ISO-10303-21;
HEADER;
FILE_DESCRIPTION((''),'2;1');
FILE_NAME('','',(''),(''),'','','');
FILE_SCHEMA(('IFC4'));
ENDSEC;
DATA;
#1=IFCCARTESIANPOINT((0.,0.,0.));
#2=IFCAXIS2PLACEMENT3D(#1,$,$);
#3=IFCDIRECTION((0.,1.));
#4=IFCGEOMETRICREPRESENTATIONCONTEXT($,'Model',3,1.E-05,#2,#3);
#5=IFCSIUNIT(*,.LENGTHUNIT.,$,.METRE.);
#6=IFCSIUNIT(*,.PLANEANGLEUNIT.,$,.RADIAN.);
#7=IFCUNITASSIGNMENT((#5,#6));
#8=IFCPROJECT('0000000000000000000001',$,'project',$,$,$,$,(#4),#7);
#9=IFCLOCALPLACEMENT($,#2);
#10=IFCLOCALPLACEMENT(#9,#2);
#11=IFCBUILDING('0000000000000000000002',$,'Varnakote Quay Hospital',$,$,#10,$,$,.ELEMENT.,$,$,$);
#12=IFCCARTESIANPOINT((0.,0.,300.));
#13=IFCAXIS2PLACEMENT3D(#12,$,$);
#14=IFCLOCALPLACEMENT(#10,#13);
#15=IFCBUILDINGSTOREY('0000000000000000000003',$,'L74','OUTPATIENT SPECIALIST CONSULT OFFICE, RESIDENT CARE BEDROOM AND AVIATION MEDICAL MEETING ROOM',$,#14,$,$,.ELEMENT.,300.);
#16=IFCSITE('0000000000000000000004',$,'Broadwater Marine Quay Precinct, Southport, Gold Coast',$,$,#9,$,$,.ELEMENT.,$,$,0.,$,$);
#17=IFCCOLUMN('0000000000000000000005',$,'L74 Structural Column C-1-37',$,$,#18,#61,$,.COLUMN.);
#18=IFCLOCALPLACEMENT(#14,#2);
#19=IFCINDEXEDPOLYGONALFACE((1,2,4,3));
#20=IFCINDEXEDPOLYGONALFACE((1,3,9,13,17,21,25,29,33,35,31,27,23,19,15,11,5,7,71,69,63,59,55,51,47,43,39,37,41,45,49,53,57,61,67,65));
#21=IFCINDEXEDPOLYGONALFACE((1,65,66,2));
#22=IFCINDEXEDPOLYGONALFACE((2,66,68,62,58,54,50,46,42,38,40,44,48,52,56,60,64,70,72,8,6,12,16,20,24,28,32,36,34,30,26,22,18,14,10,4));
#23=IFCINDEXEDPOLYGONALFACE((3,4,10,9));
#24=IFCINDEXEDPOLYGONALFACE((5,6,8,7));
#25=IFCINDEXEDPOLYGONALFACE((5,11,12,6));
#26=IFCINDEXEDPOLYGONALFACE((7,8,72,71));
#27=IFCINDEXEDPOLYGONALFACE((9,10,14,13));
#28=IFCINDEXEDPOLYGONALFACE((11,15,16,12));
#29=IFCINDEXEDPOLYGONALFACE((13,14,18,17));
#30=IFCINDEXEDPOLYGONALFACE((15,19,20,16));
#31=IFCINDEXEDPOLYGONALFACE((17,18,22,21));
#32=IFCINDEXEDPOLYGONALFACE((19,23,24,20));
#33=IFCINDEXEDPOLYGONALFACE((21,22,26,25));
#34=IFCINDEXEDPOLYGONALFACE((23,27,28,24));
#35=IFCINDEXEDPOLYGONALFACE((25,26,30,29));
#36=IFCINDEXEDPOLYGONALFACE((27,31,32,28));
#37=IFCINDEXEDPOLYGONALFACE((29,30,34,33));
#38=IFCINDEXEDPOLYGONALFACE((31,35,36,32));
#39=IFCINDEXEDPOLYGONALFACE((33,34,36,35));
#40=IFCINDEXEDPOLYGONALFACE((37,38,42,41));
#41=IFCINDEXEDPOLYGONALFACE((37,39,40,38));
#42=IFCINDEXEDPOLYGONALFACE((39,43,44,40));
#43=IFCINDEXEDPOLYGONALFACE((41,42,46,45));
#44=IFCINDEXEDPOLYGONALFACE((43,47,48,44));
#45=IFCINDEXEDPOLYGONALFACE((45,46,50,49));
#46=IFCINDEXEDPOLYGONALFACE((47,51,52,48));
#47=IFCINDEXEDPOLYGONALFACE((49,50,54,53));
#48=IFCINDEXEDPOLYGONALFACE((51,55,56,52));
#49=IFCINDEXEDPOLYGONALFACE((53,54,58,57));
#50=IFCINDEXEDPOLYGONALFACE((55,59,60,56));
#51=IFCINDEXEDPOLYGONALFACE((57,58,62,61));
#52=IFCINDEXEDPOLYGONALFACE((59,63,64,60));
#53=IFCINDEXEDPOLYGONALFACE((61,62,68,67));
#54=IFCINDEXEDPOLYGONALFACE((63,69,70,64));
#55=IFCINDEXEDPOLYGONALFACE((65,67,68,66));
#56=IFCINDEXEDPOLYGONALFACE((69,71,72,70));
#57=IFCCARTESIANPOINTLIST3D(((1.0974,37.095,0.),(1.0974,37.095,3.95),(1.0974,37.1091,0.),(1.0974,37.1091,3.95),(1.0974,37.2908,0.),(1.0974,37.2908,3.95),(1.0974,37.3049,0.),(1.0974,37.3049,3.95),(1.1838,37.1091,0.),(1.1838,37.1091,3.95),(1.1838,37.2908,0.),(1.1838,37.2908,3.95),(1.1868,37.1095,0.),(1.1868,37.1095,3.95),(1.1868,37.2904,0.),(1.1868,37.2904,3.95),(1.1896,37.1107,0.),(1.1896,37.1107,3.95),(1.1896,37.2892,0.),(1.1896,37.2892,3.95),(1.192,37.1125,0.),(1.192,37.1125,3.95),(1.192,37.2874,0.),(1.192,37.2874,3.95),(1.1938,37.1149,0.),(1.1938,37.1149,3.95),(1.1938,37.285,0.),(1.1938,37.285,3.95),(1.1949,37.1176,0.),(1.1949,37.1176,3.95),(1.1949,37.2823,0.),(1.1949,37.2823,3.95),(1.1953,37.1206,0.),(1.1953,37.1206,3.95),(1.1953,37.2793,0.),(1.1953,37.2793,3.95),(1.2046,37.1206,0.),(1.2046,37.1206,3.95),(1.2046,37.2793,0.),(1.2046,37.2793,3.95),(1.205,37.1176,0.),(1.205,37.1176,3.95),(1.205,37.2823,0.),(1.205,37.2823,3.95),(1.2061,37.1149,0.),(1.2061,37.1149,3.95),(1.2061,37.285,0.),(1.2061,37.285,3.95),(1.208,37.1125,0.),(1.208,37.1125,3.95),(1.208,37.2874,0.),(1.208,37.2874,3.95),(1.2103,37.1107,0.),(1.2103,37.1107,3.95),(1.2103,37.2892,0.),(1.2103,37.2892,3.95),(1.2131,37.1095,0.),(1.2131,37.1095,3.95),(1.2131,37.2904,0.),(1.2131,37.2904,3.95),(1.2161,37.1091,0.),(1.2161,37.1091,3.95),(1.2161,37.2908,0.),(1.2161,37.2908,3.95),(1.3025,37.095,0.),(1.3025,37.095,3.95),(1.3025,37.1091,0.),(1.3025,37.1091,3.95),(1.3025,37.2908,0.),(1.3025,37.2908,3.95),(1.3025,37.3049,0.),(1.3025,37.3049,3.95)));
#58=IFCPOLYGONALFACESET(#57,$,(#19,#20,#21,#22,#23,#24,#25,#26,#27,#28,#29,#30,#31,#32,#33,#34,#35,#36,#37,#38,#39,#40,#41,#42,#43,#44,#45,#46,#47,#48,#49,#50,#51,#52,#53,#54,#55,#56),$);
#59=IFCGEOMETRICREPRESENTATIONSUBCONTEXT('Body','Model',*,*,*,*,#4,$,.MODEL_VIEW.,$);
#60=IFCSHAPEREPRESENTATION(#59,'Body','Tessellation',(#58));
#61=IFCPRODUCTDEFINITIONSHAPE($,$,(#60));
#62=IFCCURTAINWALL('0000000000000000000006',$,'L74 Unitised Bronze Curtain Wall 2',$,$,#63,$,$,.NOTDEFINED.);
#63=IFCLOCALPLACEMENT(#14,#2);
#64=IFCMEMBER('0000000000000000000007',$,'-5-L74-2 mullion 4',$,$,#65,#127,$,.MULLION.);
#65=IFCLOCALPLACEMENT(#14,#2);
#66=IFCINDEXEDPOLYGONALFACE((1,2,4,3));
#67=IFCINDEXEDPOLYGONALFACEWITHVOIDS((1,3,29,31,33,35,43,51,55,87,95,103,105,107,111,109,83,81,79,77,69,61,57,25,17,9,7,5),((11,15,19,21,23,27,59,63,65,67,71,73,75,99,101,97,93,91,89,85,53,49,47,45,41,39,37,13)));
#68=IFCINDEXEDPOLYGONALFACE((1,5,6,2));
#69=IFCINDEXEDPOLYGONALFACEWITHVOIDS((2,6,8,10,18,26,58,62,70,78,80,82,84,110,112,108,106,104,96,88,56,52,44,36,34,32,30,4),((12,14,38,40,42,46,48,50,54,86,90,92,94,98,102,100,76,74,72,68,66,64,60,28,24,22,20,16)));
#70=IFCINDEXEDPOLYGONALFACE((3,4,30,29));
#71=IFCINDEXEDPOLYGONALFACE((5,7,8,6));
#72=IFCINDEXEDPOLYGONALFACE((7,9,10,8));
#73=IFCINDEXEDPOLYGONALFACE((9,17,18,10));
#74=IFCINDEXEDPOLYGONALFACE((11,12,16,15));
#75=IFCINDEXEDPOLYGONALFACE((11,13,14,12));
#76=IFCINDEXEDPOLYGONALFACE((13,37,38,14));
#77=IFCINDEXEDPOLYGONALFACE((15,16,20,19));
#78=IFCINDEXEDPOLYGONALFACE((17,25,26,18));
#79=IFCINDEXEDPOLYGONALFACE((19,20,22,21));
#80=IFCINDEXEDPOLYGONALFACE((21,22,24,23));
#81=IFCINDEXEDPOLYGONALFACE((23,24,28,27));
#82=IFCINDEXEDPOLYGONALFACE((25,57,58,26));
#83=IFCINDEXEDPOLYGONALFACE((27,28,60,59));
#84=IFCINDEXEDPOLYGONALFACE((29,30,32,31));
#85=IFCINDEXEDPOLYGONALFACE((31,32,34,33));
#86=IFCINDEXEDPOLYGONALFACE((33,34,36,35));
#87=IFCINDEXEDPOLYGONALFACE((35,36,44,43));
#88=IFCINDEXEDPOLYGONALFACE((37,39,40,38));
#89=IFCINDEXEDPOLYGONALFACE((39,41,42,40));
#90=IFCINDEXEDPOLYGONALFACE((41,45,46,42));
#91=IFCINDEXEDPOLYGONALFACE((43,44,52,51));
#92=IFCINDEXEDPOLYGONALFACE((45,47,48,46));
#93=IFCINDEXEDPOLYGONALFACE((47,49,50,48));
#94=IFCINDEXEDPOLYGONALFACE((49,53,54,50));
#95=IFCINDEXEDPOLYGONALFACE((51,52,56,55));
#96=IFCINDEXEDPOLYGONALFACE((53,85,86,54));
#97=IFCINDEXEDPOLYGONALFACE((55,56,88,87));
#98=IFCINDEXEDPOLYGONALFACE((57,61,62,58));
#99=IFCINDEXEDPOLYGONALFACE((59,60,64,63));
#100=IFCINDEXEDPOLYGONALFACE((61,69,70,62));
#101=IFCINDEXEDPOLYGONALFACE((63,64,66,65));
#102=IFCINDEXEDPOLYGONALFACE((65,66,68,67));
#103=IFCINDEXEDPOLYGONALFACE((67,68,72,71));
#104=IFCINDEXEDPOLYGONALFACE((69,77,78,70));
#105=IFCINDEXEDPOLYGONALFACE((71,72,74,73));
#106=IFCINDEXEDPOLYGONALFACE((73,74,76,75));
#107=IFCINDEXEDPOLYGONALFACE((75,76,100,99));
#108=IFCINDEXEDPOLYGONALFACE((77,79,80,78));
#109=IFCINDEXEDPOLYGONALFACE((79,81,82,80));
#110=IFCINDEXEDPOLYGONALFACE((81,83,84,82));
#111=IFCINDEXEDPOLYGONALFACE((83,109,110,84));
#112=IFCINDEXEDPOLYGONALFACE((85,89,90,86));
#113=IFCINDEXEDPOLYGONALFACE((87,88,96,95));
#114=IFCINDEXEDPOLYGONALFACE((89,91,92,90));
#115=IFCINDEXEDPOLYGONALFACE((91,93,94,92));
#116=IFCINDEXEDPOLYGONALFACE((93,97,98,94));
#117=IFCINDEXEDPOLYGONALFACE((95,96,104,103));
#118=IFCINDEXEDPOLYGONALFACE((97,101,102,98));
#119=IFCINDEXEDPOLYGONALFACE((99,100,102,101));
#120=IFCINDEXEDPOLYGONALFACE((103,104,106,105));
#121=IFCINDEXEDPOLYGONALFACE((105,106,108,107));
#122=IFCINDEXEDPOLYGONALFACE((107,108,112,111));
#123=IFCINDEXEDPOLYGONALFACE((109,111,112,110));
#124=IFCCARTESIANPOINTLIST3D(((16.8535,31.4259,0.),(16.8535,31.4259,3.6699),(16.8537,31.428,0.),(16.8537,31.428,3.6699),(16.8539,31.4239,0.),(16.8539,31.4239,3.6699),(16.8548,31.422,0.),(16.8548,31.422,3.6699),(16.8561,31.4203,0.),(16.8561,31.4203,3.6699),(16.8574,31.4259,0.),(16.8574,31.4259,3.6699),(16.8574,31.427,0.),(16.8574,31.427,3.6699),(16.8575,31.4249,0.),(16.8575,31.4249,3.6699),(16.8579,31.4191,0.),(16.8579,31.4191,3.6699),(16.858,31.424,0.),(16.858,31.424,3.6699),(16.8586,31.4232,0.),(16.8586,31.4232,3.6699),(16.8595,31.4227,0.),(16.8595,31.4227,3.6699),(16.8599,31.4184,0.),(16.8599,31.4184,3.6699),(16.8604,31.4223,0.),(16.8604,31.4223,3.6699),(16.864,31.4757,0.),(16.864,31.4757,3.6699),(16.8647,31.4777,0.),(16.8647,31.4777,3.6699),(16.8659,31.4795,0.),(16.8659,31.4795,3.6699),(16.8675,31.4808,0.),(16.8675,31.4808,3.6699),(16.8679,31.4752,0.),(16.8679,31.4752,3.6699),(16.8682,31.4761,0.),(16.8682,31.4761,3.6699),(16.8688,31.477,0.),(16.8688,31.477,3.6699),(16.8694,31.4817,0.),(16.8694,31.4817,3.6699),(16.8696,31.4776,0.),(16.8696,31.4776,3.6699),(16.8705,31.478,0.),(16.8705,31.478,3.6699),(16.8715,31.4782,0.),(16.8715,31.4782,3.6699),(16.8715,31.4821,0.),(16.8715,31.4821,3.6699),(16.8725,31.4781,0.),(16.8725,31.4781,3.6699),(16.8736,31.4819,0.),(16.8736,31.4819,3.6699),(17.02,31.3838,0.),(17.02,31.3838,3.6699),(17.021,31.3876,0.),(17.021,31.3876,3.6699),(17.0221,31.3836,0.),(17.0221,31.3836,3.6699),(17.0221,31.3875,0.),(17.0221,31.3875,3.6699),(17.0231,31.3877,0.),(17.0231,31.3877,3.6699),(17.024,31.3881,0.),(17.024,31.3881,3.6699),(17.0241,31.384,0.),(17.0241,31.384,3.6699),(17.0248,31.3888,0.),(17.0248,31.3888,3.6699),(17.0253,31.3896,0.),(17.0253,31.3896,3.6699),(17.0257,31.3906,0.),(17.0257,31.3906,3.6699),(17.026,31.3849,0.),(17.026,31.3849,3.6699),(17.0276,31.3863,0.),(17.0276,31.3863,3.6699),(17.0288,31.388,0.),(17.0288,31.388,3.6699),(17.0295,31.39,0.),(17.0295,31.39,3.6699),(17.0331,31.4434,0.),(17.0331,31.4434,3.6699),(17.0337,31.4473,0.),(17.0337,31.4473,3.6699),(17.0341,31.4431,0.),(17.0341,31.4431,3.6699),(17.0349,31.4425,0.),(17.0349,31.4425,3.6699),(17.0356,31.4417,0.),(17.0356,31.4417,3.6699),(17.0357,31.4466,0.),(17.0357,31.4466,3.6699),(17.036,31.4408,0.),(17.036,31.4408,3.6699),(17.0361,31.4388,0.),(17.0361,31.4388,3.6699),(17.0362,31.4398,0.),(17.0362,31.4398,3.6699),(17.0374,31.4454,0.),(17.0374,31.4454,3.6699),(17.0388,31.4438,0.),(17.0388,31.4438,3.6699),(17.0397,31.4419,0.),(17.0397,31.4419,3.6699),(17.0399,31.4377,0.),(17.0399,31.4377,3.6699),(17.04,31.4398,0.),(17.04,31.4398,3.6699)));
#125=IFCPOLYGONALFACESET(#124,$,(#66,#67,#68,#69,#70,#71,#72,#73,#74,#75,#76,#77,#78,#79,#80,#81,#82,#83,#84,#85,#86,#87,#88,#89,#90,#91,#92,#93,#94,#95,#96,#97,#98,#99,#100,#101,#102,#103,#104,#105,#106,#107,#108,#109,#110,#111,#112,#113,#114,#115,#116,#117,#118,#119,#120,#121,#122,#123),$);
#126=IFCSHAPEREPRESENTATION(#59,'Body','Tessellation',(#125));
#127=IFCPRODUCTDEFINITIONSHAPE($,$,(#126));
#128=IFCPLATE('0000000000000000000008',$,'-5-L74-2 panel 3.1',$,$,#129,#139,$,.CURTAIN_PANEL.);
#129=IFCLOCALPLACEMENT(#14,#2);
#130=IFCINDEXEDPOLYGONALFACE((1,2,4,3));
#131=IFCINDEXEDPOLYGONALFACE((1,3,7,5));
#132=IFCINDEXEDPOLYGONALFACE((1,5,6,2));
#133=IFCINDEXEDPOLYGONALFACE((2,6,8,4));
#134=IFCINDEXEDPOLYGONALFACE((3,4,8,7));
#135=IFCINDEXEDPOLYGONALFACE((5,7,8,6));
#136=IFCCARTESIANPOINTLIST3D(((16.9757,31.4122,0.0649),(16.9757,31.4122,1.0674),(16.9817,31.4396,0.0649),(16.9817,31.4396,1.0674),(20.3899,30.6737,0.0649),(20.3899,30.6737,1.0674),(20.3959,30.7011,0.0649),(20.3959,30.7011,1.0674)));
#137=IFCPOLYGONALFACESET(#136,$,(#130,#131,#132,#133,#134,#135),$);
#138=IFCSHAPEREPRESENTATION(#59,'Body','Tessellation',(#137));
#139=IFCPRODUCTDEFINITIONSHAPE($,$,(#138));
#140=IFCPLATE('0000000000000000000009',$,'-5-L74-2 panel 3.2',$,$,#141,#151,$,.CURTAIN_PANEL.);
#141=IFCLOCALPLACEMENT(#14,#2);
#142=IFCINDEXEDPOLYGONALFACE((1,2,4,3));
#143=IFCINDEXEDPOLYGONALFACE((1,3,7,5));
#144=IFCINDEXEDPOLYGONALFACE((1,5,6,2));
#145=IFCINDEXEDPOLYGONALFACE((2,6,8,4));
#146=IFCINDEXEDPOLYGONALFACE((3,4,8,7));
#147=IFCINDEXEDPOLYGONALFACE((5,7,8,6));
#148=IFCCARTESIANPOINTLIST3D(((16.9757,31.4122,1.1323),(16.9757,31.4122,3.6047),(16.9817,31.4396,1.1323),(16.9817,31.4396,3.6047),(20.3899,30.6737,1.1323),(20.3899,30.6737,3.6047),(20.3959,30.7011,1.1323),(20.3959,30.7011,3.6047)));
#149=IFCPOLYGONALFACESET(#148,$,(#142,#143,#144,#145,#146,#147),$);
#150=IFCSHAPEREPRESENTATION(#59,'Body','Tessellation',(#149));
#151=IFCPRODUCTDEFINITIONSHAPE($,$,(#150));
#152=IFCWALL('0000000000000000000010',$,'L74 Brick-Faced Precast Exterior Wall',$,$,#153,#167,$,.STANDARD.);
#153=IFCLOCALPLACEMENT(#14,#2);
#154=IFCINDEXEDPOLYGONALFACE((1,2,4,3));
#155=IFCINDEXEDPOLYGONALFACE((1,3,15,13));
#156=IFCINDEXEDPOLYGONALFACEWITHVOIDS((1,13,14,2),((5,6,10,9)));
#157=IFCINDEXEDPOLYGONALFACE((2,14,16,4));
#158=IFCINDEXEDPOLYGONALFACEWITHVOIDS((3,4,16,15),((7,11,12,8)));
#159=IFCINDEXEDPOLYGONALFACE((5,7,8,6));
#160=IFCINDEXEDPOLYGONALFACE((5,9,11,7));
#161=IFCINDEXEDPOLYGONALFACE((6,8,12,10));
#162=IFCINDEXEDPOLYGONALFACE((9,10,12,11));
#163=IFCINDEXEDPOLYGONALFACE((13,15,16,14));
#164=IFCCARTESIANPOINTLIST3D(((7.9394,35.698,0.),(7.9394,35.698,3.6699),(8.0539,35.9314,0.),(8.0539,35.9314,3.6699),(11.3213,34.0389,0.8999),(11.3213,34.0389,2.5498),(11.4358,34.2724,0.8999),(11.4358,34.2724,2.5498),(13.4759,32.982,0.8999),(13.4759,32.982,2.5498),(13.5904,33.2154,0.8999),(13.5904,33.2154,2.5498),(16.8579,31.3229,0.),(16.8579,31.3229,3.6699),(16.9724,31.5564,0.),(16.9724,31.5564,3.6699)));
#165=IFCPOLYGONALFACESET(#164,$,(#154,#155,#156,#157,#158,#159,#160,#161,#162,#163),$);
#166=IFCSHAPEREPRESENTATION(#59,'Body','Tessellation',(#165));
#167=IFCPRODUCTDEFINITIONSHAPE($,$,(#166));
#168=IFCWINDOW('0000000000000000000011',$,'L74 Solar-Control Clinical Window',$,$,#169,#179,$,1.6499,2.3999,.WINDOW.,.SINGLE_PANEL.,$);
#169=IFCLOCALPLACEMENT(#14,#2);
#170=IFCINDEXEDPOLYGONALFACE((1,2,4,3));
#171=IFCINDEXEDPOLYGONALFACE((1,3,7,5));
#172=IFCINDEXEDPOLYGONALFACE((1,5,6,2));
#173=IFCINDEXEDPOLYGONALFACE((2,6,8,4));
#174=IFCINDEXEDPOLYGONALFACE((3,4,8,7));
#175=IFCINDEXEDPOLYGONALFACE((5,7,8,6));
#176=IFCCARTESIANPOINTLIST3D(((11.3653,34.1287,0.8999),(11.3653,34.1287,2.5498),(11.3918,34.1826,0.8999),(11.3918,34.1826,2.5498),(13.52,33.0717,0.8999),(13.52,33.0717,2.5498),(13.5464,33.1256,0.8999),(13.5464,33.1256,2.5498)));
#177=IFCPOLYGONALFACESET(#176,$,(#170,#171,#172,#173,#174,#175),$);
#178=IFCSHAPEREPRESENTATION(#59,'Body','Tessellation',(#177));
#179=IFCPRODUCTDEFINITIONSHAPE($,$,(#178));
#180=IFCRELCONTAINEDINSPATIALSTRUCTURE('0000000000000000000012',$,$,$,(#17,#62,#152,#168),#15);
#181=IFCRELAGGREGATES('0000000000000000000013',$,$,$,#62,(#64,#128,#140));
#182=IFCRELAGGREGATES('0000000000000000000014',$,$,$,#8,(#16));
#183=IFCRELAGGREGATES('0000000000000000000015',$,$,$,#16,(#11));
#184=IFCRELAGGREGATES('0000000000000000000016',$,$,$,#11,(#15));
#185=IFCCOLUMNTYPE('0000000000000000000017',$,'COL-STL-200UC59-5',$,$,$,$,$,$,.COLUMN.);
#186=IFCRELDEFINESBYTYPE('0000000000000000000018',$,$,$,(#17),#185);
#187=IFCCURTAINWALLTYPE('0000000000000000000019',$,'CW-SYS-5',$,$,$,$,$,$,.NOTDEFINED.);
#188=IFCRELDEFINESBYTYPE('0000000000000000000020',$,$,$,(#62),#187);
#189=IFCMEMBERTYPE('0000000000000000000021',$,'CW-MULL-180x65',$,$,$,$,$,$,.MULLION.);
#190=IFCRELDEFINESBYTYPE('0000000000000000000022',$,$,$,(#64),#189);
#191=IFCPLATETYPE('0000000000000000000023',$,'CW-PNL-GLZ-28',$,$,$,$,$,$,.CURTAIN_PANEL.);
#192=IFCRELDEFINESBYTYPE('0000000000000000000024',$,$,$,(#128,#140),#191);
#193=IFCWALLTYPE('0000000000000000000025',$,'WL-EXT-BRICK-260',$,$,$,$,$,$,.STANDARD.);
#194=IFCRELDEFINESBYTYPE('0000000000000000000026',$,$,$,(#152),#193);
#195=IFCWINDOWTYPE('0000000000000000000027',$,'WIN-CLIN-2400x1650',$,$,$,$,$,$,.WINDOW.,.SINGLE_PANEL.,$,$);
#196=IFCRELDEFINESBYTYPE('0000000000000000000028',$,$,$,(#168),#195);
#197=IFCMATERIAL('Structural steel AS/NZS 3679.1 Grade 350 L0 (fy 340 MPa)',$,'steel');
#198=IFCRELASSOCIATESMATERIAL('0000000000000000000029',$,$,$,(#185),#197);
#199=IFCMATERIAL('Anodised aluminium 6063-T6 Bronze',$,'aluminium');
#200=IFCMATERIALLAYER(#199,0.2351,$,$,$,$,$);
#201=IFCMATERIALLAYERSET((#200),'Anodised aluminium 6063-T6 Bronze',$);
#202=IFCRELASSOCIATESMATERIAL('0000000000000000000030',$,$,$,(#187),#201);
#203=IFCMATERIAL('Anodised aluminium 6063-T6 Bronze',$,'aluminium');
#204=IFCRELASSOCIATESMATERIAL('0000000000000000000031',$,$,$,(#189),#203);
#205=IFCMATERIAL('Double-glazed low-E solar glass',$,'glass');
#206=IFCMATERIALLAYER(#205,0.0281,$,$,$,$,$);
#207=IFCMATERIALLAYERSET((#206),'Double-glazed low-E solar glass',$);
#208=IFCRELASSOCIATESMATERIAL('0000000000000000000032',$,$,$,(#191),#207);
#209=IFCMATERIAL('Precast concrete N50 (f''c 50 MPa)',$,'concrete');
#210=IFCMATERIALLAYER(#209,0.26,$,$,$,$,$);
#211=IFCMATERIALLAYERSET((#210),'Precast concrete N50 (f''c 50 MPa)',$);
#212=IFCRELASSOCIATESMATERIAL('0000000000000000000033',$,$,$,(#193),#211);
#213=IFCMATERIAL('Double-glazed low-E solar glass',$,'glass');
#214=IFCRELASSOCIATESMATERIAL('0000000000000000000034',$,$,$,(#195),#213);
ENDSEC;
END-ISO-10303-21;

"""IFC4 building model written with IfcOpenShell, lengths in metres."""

from ifc_helpers import new_model, si_unit, direction, frame, frame_2d, origin, origin_2d, place, context, subcontext, project, spatial, rectangle, hollow_rectangle, i_section, extrude, material, layer, layer_set, material_profile, profile_set, type_object, element, fill, aggregate, save


model = new_model("IFC4")

# Units and contexts
model_context = context("Model", 3, precision=1e-05, world=origin(), true_north=direction((0.0, 1.0)))
body_context = subcontext(model_context, "Body", "Model", "MODEL_VIEW")
ifc_project = project(units=[si_unit("LENGTHUNIT", "METRE"), si_unit("PLANEANGLEUNIT", "RADIAN")], contexts=[model_context])

# Site, building, storey
site_placement = place(None, origin())
site = spatial("IfcSite", under=ifc_project, at=site_placement, Name="Broadwater Marine Quay Precinct, Southport, Gold Coast", CompositionType="ELEMENT", RefElevation=0.0)
building_placement = place(site_placement, origin())
building = spatial("IfcBuilding", under=site, at=building_placement, Name="Varnakote Quay Hospital", CompositionType="ELEMENT")
storey_placement = place(building_placement, frame((0.0, 0.0, 300.0)))
storey = spatial("IfcBuildingStorey", under=building, at=storey_placement, Name="L74", Description="OUTPATIENT SPECIALIST CONSULT OFFICE, RESIDENT CARE BEDROOM AND AVIATION MEDICAL MEETING ROOM", CompositionType="ELEMENT", Elevation=300.0)

# Column
ifc_material_1 = material(Name="Structural steel AS/NZS 3679.1 Grade 350 L0 (fy 340 MPa)", Category="steel")
ifc_material_profile_1 = material_profile(ifc_material_1, i_section(OverallWidth=0.2051, OverallDepth=0.21, WebThickness=0.0093, FlangeThickness=0.0142, FilletRadius=0.0115, at=origin_2d()), Name="200UC59.5")
ifc_profile_set_1 = profile_set([ifc_material_profile_1], Name="Structural steel AS/NZS 3679.1 Grade 350 L0 (fy 340 MPa)")
column_type = type_object("IfcColumnType", Name="COL-STL-200UC59-5", PredefinedType="COLUMN", material=ifc_profile_set_1)
column_placement = place(storey_placement, frame((1.2, 37.2, 0.0), z_axis=(0.0, 0.0, 1.0), x_axis=(1.0, 0.0, 0.0)))
element("IfcColumn", 1, at=column_placement, inside=storey, type_object=column_type, Name="L74 Structural Column C-1-37", PredefinedType="COLUMN", context=body_context, shape_type="SweptSolid", body=[
    extrude(i_section(OverallWidth=0.2051, OverallDepth=0.21, WebThickness=0.0093, FlangeThickness=0.0142, FilletRadius=0.0115, at=origin_2d()), origin(), (0.0, 0.0, 1.0), 3.95),
])

# Curtain wall, member, plates
ifc_material_2 = material(Name="Anodised aluminium 6063-T6 Bronze", Category="aluminium")
ifc_layer_1 = layer(ifc_material_2, 0.2351)
ifc_layer_set_1 = layer_set([ifc_layer_1], Name="Anodised aluminium 6063-T6 Bronze")
curtain_wall_type = type_object("IfcCurtainWallType", Name="CW-SYS-5", PredefinedType="NOTDEFINED", material=ifc_layer_set_1)
curtain_wall_placement = place(storey_placement, origin())
curtain_wall = element("IfcCurtainWall", 2, at=curtain_wall_placement, inside=storey, type_object=curtain_wall_type, Name="L74 Unitised Bronze Curtain Wall 2", PredefinedType="NOTDEFINED")
ifc_material_3 = material(Name="Anodised aluminium 6063-T6 Bronze", Category="aluminium")
ifc_material_profile_2 = material_profile(ifc_material_3, hollow_rectangle(XDim=0.0649, YDim=0.1799, WallThickness=0.0039, InnerFilletRadius=0.0039, OuterFilletRadius=0.0081, at=origin_2d()), Name="CW-MULL-180x65")
ifc_profile_set_2 = profile_set([ifc_material_profile_2], Name="Anodised aluminium 6063-T6 Bronze")
member_type = type_object("IfcMemberType", Name="CW-MULL-180x65", PredefinedType="MULLION", material=ifc_profile_set_2)
member_placement = place(storey_placement, frame((16.9468, 31.4329, 0.0), z_axis=(0.0, 0.0, 1.0), x_axis=(-0.211408, -0.977398, 0.0)))
member = element("IfcMember", 3, at=member_placement, type_object=member_type, Name="-5-L74-2 mullion 4", PredefinedType="MULLION", context=body_context, shape_type="SweptSolid", body=[
    extrude(hollow_rectangle(XDim=0.0649, YDim=0.1799, WallThickness=0.0039, InnerFilletRadius=0.0039, OuterFilletRadius=0.0081, at=origin_2d()), origin(), (0.0, 0.0, 1.0), 3.6699),
])
ifc_material_4 = material(Name="Double-glazed low-E solar glass", Category="glass")
ifc_layer_2 = layer(ifc_material_4, 0.0281)
ifc_layer_set_2 = layer_set([ifc_layer_2], Name="Double-glazed low-E solar glass")
plate_type = type_object("IfcPlateType", Name="CW-PNL-GLZ-28", PredefinedType="CURTAIN_PANEL", material=ifc_layer_set_2)
plate_1_placement = place(storey_placement, frame((18.6858, 31.0566, 0.0649), z_axis=(0.0, 0.0, 1.0), x_axis=(-0.977398, 0.211408, 0.0)))
plate_1 = element("IfcPlate", 4, at=plate_1_placement, type_object=plate_type, Name="-5-L74-2 panel 3.1", PredefinedType="CURTAIN_PANEL", context=body_context, shape_type="SweptSolid", body=[
    extrude(rectangle(XDim=3.4932, YDim=0.0281, at=origin_2d()), origin(), (0.0, 0.0, 1.0), 1.0024),
])
plate_2_placement = place(storey_placement, frame((18.6858, 31.0566, 1.1323), z_axis=(0.0, 0.0, 1.0), x_axis=(-0.977398, 0.211408, 0.0)))
plate_2 = element("IfcPlate", 5, at=plate_2_placement, type_object=plate_type, Name="-5-L74-2 panel 3.2", PredefinedType="CURTAIN_PANEL", context=body_context, shape_type="SweptSolid", body=[
    extrude(rectangle(XDim=3.4932, YDim=0.0281, at=origin_2d()), origin(), (0.0, 0.0, 1.0), 2.4724),
])
aggregate(curtain_wall, [member, plate_1, plate_2])

# Wall, opening, window
ifc_material_5 = material(Name="Precast concrete N50 (f'c 50 MPa)", Category="concrete")
ifc_layer_3 = layer(ifc_material_5, 0.26)
ifc_layer_set_3 = layer_set([ifc_layer_3], Name="Precast concrete N50 (f'c 50 MPa)")
wall_type_1 = type_object("IfcWallType", Name="WL-EXT-BRICK-260", PredefinedType="STANDARD", material=ifc_layer_set_3)
wall_1_placement = place(storey_placement, frame((16.915, 31.4397, 0.0), z_axis=(0.0, 0.0, 1.0), x_axis=(-0.897793, 0.440418, 0.0)))
wall_1 = element("IfcWall", 6, at=wall_1_placement, inside=storey, type_object=wall_type_1, Name="L74 Brick-Faced Precast Exterior Wall", PredefinedType="STANDARD", context=body_context, shape_type="SweptSolid", body=[
    extrude(rectangle(XDim=9.9338, YDim=0.26, at=frame_2d((4.9668, 0.0))), origin(), (0.0, 0.0, 1.0), 3.6699),
])
opening_1_placement = place(wall_1_placement, frame((3.7668, 0.0, 0.8999)))
opening_1 = element("IfcOpeningElement", 7, at=opening_1_placement, cuts=wall_1, PredefinedType="OPENING", context=body_context, shape_type="SweptSolid", body=[
    extrude(rectangle(XDim=2.3999, YDim=1.6499, at=frame_2d((1.2, 0.825))), frame((0.0, 0.1399, 0.0), z_axis=(0.0, -1.0, 0.0), x_axis=(1.0, 0.0, 0.0)), (0.0, 0.0, 1.0), 0.28),
])
ifc_material_6 = material(Name="Double-glazed low-E solar glass", Category="glass")
window_type = type_object("IfcWindowType", Name="WIN-CLIN-2400x1650", PartitioningType="SINGLE_PANEL", PredefinedType="WINDOW", material=ifc_material_6)
window_1_placement = place(opening_1_placement, origin())
window_1 = element("IfcWindow", 8, at=window_1_placement, inside=storey, type_object=window_type, Name="L74 Solar-Control Clinical Window", OverallHeight=1.6499, OverallWidth=2.3999, PartitioningType="SINGLE_PANEL", PredefinedType="WINDOW", context=body_context, shape_type="SweptSolid", body=[
    extrude(rectangle(XDim=2.3999, YDim=1.6499, at=frame_2d((1.2, 0.825))), frame((0.0, 0.03, 0.0), z_axis=(0.0, -1.0, 0.0), x_axis=(1.0, 0.0, 0.0)), (0.0, 0.0, 1.0), 0.0601),
])
fill(opening_1, window_1)

save(model, "model.ifc")
